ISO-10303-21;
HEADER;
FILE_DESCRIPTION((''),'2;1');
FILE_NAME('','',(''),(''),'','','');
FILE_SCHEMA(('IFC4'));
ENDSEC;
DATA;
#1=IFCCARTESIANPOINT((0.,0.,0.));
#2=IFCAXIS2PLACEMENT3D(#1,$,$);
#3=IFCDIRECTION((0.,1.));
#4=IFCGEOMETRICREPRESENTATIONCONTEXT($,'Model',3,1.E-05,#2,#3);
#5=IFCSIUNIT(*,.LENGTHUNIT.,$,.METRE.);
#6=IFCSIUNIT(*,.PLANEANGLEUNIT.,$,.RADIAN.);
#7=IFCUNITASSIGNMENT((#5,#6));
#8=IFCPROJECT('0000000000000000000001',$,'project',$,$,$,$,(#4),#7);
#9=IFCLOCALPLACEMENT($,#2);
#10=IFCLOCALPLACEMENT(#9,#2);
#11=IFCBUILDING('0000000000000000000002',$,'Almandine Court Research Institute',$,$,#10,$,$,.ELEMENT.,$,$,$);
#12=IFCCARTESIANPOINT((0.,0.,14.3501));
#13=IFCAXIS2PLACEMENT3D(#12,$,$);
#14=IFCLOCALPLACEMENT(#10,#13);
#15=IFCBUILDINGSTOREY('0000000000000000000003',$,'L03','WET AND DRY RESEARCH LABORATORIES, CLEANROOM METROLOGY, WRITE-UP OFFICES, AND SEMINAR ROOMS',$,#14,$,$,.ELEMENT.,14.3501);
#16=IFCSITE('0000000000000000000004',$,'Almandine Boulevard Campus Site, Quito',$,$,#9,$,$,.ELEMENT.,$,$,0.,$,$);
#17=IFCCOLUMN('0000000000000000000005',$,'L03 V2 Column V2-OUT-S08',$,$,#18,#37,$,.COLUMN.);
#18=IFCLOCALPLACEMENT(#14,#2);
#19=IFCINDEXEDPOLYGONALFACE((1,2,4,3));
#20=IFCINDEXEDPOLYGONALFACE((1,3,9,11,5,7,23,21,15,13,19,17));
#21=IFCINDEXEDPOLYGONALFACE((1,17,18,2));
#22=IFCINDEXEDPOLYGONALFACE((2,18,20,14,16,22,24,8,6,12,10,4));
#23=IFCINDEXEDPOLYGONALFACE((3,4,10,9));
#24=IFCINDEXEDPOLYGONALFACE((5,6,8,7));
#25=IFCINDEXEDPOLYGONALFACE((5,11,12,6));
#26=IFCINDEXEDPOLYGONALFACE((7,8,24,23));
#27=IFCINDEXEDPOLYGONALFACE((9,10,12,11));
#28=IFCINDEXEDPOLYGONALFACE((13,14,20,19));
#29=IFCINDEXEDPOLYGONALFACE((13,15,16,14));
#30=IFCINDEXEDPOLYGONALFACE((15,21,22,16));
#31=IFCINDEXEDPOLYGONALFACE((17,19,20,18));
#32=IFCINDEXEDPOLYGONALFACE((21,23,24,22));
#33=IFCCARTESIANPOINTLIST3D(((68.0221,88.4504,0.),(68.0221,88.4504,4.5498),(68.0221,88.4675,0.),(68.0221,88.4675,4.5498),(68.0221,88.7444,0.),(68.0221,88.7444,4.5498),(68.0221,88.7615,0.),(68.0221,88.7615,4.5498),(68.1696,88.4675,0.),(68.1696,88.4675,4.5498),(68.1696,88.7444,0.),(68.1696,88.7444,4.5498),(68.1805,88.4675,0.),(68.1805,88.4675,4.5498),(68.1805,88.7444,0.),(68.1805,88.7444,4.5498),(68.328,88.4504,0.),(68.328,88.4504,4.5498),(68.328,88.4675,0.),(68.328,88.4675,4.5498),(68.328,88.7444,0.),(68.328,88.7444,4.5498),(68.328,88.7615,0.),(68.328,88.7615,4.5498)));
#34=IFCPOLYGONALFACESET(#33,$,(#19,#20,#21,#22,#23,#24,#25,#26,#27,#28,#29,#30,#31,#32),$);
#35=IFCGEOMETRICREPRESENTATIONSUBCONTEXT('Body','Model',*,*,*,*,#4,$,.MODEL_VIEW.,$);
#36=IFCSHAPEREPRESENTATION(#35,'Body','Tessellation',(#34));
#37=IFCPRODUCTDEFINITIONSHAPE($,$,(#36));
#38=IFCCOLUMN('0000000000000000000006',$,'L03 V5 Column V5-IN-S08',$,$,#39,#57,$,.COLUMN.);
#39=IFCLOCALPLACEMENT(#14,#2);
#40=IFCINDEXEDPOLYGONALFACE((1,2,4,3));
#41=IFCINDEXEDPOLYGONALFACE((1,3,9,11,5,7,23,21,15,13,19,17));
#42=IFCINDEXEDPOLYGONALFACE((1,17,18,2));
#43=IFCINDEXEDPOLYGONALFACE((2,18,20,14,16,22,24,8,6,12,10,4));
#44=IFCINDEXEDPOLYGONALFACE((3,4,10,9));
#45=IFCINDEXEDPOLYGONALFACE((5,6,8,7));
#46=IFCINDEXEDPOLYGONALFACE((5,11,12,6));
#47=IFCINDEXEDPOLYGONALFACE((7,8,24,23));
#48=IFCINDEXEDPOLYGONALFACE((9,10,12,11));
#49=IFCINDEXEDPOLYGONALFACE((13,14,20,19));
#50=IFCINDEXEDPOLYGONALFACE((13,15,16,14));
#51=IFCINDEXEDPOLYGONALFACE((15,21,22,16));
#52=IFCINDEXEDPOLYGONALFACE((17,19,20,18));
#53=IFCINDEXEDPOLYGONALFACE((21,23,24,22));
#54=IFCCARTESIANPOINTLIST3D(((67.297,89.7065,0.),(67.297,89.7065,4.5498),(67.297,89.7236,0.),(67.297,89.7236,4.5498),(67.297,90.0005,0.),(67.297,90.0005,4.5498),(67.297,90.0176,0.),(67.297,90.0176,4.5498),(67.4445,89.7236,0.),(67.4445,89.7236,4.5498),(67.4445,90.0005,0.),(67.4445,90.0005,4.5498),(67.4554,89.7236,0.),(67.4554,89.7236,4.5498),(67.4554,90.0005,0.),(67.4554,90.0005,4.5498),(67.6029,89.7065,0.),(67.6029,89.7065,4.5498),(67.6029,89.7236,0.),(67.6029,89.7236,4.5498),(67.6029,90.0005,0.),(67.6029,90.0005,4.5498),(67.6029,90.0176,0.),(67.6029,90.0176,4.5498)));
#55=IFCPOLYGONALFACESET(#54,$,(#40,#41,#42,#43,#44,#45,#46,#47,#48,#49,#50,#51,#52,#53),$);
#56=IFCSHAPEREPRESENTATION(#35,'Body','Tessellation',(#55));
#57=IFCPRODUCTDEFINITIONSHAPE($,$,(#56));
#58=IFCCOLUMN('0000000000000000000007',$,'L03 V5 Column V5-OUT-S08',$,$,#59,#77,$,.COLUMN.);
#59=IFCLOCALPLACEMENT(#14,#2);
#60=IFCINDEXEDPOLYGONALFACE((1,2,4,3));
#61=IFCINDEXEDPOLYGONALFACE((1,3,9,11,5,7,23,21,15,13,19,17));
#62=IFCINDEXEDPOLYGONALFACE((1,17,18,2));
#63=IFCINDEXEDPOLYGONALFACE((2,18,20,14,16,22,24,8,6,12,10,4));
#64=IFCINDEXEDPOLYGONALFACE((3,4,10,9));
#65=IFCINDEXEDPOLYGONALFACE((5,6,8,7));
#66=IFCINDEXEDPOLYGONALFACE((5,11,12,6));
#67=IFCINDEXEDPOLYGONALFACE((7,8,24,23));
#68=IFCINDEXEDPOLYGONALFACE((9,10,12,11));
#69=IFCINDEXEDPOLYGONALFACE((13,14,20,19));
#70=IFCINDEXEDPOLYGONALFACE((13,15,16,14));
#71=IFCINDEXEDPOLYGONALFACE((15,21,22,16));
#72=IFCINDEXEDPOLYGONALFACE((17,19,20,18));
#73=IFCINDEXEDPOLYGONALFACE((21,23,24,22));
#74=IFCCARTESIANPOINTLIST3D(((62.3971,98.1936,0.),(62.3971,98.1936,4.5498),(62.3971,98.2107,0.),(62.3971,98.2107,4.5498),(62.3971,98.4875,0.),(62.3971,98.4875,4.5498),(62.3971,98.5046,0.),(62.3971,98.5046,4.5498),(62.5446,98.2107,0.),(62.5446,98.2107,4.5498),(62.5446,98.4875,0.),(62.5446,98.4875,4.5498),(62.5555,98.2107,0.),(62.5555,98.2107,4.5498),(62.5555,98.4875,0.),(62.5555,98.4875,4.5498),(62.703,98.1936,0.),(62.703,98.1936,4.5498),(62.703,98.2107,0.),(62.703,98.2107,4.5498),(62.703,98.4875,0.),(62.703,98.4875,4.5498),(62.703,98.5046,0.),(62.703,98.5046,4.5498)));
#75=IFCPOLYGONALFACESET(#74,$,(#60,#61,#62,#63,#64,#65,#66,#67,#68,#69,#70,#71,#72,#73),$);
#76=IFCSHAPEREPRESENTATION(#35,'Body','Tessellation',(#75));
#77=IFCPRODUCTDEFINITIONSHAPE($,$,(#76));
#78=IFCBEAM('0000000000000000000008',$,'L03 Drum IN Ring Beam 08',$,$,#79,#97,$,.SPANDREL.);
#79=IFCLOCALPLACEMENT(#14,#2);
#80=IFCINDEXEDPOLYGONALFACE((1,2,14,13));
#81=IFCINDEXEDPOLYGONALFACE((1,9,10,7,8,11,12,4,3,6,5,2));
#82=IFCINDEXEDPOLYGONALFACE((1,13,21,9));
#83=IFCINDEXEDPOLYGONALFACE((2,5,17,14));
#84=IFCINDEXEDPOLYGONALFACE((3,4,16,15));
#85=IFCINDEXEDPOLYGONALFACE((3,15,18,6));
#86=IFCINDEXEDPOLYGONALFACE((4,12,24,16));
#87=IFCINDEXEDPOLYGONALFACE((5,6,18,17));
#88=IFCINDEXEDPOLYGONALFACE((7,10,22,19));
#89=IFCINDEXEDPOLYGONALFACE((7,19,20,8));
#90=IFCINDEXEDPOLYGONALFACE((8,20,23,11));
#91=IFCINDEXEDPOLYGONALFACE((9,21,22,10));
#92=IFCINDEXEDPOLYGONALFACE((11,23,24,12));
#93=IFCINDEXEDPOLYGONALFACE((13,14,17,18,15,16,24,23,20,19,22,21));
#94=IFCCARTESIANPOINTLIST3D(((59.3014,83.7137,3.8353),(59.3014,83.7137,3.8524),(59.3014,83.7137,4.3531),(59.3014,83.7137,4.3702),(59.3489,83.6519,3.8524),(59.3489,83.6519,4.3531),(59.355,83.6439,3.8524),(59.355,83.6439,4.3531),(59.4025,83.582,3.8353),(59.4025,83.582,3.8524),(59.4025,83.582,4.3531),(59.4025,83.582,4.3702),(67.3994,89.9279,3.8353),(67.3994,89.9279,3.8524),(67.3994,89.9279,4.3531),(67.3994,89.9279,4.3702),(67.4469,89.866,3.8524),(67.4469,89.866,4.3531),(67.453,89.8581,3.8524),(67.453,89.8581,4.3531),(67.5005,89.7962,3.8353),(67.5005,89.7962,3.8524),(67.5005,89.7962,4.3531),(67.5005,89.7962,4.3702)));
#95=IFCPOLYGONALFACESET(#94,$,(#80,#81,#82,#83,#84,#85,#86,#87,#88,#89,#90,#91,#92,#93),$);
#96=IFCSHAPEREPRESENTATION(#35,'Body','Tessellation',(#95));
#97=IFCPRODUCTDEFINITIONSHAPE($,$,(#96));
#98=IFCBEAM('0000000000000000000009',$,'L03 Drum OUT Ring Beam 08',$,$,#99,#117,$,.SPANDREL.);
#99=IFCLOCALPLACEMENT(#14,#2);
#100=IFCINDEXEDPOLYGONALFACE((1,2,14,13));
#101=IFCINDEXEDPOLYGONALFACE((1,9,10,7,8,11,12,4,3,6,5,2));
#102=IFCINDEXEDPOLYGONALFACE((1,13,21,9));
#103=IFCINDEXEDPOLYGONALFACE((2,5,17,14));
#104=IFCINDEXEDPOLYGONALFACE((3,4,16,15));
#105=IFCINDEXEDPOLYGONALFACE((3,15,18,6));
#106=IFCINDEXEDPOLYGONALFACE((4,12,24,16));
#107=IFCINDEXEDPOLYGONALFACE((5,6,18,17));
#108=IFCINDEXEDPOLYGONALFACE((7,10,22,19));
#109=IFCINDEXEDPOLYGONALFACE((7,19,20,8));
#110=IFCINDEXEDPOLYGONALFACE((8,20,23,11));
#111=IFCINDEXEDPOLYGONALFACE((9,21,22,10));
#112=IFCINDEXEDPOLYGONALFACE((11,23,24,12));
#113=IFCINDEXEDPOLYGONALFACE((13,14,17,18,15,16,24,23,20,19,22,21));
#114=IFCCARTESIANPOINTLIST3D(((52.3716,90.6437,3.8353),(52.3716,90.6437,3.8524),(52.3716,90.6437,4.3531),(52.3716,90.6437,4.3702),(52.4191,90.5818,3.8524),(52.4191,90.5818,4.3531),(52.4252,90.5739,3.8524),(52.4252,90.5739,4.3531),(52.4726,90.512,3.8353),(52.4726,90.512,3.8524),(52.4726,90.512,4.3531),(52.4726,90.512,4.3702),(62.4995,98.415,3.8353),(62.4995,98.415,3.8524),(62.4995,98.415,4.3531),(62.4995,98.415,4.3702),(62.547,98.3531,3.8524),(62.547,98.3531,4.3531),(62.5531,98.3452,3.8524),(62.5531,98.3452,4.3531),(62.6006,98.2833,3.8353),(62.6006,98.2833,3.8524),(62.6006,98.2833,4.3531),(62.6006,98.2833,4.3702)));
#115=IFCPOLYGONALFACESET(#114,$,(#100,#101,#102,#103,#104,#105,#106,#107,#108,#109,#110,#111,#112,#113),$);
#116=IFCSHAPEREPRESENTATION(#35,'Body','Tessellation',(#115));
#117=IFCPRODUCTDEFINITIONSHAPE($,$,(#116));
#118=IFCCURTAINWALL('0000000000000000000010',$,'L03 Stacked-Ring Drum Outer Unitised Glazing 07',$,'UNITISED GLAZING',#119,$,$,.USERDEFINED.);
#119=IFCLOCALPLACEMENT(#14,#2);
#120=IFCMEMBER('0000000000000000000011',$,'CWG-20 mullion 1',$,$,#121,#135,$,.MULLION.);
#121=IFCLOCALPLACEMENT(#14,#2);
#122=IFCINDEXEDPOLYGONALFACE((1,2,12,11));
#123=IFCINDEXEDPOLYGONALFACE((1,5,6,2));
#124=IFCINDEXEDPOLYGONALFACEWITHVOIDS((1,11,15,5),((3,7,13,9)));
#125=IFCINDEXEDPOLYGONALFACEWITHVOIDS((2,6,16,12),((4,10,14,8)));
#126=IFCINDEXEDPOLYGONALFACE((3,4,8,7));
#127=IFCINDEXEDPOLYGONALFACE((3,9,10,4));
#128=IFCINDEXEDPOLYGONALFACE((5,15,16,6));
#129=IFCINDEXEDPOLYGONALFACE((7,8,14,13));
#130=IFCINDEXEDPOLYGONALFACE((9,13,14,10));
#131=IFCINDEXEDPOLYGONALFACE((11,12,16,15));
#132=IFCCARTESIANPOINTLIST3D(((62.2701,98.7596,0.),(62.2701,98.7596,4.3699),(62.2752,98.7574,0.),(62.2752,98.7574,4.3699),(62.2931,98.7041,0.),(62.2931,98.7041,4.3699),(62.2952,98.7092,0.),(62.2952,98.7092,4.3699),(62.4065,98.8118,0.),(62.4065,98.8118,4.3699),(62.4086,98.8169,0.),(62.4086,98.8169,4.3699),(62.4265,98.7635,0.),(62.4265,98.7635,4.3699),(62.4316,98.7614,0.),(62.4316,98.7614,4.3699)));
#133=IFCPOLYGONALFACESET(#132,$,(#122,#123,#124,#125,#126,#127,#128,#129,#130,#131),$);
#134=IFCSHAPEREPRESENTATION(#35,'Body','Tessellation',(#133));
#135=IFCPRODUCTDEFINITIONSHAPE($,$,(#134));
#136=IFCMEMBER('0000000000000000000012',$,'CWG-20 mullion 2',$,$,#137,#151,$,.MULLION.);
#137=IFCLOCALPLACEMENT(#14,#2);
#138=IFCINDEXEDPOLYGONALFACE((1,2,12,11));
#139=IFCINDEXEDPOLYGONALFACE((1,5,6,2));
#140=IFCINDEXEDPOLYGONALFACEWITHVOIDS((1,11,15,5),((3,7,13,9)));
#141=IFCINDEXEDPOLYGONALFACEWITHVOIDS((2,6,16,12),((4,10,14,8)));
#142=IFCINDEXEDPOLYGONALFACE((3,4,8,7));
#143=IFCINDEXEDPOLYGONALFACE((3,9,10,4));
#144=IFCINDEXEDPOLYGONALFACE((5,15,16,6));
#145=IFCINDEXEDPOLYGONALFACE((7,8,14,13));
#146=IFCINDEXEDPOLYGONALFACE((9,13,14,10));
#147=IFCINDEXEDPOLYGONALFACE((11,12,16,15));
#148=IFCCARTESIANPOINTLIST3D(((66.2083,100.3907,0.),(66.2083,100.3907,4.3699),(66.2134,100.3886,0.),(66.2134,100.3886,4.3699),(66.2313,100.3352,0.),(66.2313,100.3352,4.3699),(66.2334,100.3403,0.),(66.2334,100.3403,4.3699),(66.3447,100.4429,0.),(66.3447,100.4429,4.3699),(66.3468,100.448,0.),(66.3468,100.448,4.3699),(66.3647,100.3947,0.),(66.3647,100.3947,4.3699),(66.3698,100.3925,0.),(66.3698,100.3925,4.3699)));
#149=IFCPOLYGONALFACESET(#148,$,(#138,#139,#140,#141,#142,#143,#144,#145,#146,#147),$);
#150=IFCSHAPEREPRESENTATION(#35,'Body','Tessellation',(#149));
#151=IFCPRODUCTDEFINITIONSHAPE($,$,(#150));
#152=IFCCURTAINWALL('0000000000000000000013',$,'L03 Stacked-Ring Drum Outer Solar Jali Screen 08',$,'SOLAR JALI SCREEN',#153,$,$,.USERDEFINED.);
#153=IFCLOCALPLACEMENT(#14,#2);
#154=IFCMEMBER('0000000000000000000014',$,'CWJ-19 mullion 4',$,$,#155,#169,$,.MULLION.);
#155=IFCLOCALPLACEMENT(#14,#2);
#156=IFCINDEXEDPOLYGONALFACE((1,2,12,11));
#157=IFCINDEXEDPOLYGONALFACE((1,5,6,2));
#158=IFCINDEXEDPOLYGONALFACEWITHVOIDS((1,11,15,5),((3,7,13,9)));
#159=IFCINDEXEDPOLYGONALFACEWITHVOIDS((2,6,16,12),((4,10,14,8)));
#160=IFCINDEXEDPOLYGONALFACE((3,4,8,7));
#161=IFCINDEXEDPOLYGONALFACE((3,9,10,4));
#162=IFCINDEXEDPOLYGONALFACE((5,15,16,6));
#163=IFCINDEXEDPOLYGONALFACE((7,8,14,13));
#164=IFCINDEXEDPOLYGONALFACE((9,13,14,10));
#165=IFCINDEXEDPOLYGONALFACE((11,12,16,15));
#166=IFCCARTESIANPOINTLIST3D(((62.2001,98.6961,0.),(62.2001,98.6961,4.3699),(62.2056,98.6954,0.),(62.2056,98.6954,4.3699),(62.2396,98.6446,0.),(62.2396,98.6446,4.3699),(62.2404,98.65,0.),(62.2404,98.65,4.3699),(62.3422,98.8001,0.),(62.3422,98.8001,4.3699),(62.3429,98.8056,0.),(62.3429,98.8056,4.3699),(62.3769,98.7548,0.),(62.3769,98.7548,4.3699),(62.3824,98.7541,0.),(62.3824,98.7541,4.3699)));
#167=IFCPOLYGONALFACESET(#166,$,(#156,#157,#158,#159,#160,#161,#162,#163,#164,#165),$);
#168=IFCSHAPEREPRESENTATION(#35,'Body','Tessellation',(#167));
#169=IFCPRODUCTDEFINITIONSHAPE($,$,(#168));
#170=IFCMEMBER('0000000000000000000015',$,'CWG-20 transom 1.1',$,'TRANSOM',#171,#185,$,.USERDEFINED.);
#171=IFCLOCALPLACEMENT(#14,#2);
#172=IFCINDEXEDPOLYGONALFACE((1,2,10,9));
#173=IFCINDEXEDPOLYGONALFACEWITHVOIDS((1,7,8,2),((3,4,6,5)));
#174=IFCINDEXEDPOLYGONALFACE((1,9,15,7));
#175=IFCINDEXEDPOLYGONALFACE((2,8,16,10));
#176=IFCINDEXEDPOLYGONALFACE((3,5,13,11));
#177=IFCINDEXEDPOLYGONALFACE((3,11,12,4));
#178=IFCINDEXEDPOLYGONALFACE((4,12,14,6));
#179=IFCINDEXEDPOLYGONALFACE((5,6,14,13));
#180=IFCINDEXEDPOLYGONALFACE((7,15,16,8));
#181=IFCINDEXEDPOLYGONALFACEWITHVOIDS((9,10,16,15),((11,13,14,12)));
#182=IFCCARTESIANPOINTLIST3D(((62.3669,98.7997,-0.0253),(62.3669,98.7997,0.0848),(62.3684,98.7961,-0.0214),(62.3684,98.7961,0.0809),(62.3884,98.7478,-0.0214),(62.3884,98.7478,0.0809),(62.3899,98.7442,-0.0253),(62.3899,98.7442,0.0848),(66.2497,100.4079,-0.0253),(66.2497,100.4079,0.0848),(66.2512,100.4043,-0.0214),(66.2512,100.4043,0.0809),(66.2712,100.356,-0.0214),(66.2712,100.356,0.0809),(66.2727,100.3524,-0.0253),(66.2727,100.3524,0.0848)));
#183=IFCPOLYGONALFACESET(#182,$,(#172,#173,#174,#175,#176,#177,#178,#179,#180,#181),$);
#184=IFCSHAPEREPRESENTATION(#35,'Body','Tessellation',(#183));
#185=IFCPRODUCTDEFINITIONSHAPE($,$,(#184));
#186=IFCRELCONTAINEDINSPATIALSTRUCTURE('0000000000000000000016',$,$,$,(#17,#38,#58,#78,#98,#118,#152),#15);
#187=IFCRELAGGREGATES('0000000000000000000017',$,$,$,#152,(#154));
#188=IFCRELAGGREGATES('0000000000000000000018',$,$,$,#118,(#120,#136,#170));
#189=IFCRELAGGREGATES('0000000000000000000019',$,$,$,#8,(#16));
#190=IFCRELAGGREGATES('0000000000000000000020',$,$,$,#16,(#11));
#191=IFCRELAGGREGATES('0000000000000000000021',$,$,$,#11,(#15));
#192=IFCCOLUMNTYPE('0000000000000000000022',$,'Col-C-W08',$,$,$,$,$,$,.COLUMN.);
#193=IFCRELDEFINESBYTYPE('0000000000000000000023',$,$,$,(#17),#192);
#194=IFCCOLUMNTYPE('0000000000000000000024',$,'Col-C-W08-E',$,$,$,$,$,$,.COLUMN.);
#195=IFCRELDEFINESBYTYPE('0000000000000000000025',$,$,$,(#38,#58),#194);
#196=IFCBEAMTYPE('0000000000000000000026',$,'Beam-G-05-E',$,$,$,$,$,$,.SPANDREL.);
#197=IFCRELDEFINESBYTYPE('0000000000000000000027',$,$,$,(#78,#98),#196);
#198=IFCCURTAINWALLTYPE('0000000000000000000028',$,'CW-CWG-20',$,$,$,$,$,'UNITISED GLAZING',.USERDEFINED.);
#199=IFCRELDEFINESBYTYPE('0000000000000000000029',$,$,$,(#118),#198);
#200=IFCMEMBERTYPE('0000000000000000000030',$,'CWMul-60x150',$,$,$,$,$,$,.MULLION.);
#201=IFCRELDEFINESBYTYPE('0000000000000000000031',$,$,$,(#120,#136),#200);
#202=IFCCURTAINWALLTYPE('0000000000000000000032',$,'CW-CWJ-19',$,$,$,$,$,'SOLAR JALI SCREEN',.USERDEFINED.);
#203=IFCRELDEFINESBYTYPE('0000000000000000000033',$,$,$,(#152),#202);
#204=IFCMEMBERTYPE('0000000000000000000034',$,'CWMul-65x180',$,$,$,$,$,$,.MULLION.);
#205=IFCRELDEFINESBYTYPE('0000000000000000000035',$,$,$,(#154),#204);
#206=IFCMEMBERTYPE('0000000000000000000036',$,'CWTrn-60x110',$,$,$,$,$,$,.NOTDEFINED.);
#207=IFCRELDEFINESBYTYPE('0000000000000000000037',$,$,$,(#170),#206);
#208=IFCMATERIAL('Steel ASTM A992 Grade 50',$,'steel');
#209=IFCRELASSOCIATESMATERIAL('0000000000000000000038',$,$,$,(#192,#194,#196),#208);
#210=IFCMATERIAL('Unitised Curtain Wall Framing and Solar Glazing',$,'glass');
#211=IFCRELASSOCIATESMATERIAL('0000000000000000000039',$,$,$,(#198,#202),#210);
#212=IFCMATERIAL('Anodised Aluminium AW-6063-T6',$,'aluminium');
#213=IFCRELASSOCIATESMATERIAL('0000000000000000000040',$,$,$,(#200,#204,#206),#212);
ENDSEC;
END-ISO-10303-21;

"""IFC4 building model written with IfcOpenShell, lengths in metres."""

from ifc_helpers import new_model, si_unit, direction, frame, origin, origin_2d, place, context, subcontext, project, spatial, hollow_rectangle, i_section, extrude, material, material_profile, profile_set, type_object, element, aggregate, save


model = new_model("IFC4")

# Units and contexts
model_context = context("Model", 3, precision=1e-05, world=origin(), true_north=direction((0.0, 1.0)))
body_context = subcontext(model_context, "Body", "Model", "MODEL_VIEW")
ifc_project = project(units=[si_unit("LENGTHUNIT", "METRE"), si_unit("PLANEANGLEUNIT", "RADIAN")], contexts=[model_context])

# Site, building, storey
site_placement = place(None, origin())
site = spatial("IfcSite", under=ifc_project, at=site_placement, Name="Almandine Boulevard Campus Site, Quito", CompositionType="ELEMENT", RefElevation=0.0)
building_placement = place(site_placement, origin())
building = spatial("IfcBuilding", under=site, at=building_placement, Name="Almandine Court Research Institute", CompositionType="ELEMENT")
storey_placement = place(building_placement, frame((0.0, 0.0, 14.3501)))
storey = spatial("IfcBuildingStorey", under=building, at=storey_placement, Name="L03", Description="WET AND DRY RESEARCH LABORATORIES, CLEANROOM METROLOGY, WRITE-UP OFFICES, AND SEMINAR ROOMS", CompositionType="ELEMENT", Elevation=14.3501)

# Columns
ifc_material_1 = material(Name="Steel ASTM A992 Grade 50", Category="steel")
ifc_material_profile_1 = material_profile(ifc_material_1, i_section(OverallWidth=0.3059, OverallDepth=0.311, WebThickness=0.011, FlangeThickness=0.0171, at=origin_2d()), Name="W310x107")
ifc_profile_set_1 = profile_set([ifc_material_profile_1], Name="Steel ASTM A992 Grade 50")
column_type_1 = type_object("IfcColumnType", Name="Col-C-W08", PredefinedType="COLUMN", material=ifc_profile_set_1)
column_placement = place(storey_placement, frame((68.175, 88.606, 0.0), z_axis=(0.0, 0.0, 1.0), x_axis=(1.0, 0.0, 0.0)))
element("IfcColumn", 1, at=column_placement, inside=storey, type_object=column_type_1, Name="L03 V2 Column V2-OUT-S08", PredefinedType="COLUMN", context=body_context, shape_type="SweptSolid", body=[
    extrude(i_section(OverallWidth=0.3059, OverallDepth=0.311, WebThickness=0.011, FlangeThickness=0.0171, at=origin_2d()), origin(), (0.0, 0.0, 1.0), 4.5498),
])
ifc_material_profile_2 = material_profile(ifc_material_1, i_section(OverallWidth=0.3059, OverallDepth=0.311, WebThickness=0.011, FlangeThickness=0.0171, at=origin_2d()), Name="W310x107")
ifc_profile_set_2 = profile_set([ifc_material_profile_2], Name="Steel ASTM A992 Grade 50")
column_type_2 = type_object("IfcColumnType", Name="Col-C-W08-E", PredefinedType="COLUMN", material=ifc_profile_set_2)
for number, where, z_axis, x_axis, name in (
    (2, (67.45, 89.8621, 0.0), (0.0, 0.0, 1.0), (1.0, 0.0, 0.0), "L03 V5 Column V5-IN-S08"),
    (3, (62.55, 98.3491, 0.0), (0.0, 0.0, 1.0), (1.0, 0.0, 0.0), "L03 V5 Column V5-OUT-S08"),
):
    element("IfcColumn", number, at=place(storey_placement, frame(where, z_axis=z_axis, x_axis=x_axis)), inside=storey, type_object=column_type_2, Name=name, PredefinedType="COLUMN", context=body_context, shape_type="SweptSolid", body=[
        extrude(i_section(OverallWidth=0.3059, OverallDepth=0.311, WebThickness=0.011, FlangeThickness=0.0171, at=origin_2d()), origin(), (0.0, 0.0, 1.0), 4.5498),
    ])

# Beams
ifc_material_profile_3 = material_profile(ifc_material_1, i_section(OverallWidth=0.166, OverallDepth=0.5349, WebThickness=0.01, FlangeThickness=0.0171, at=origin_2d()), Name="W530x85")
ifc_profile_set_3 = profile_set([ifc_material_profile_3], Name="Steel ASTM A992 Grade 50")
beam_type = type_object("IfcBeamType", Name="Beam-G-05-E", PredefinedType="SPANDREL", material=ifc_profile_set_3)
beam_1_placement = place(storey_placement, frame((67.45, 89.8621, 4.1028), z_axis=(-0.793336, -0.608784, 0.0), x_axis=(0.608784, -0.793336, 0.0)))
element("IfcBeam", 4, at=beam_1_placement, inside=storey, type_object=beam_type, Name="L03 Drum IN Ring Beam 08", PredefinedType="SPANDREL", context=body_context, shape_type="SweptSolid", body=[
    extrude(i_section(OverallWidth=0.166, OverallDepth=0.5349, WebThickness=0.01, FlangeThickness=0.0171, at=origin_2d()), origin(), (0.0, 0.0, 1.0), 10.2075),
])
beam_2_placement = place(storey_placement, frame((62.55, 98.3491, 4.1028), z_axis=(-0.793361, -0.608752, 0.0), x_axis=(0.608752, -0.793361, 0.0)))
element("IfcBeam", 5, at=beam_2_placement, inside=storey, type_object=beam_type, Name="L03 Drum OUT Ring Beam 08", PredefinedType="SPANDREL", context=body_context, shape_type="SweptSolid", body=[
    extrude(i_section(OverallWidth=0.166, OverallDepth=0.5349, WebThickness=0.01, FlangeThickness=0.0171, at=origin_2d()), origin(), (0.0, 0.0, 1.0), 12.7659),
])

# Curtain wall, members
ifc_material_2 = material(Name="Unitised Curtain Wall Framing and Solar Glazing", Category="glass")
curtain_wall_type_1 = type_object("IfcCurtainWallType", Name="CW-CWG-20", ElementType="UNITISED GLAZING", PredefinedType="USERDEFINED", material=ifc_material_2)
curtain_wall_1_placement = place(storey_placement, origin())
curtain_wall_1 = element("IfcCurtainWall", 6, at=curtain_wall_1_placement, inside=storey, type_object=curtain_wall_type_1, Name="L03 Stacked-Ring Drum Outer Unitised Glazing 07", ObjectType="UNITISED GLAZING", PredefinedType="USERDEFINED")
ifc_material_3 = material(Name="Anodised Aluminium AW-6063-T6", Category="aluminium")
ifc_material_profile_4 = material_profile(ifc_material_3, hollow_rectangle(XDim=0.0601, YDim=0.1499, WallThickness=0.0039, at=origin_2d()), Name="ALU RHS 60x150x4")
ifc_profile_set_4 = profile_set([ifc_material_profile_4], Name="Anodised Aluminium AW-6063-T6")
member_type_1 = type_object("IfcMemberType", Name="CWMul-60x150", PredefinedType="MULLION", material=ifc_profile_set_4)
member_1_placement = place(storey_placement, frame((62.3508, 98.7605, 0.0), z_axis=(0.0, 0.0, 1.0), x_axis=(-0.382663, 0.923888, 0.0)))
member_1 = element("IfcMember", 7, at=member_1_placement, type_object=member_type_1, Name="CWG-20 mullion 1", PredefinedType="MULLION", context=body_context, shape_type="SweptSolid", body=[
    extrude(hollow_rectangle(XDim=0.0601, YDim=0.1499, WallThickness=0.0039, at=origin_2d()), origin(), (0.0, 0.0, 1.0), 4.3699),
])
member_2_placement = place(storey_placement, frame((66.2891, 100.3916, 0.0), z_axis=(0.0, 0.0, 1.0), x_axis=(-0.382663, 0.923888, 0.0)))
member_2 = element("IfcMember", 8, at=member_2_placement, type_object=member_type_1, Name="CWG-20 mullion 2", PredefinedType="MULLION", context=body_context, shape_type="SweptSolid", body=[
    extrude(hollow_rectangle(XDim=0.0601, YDim=0.1499, WallThickness=0.0039, at=origin_2d()), origin(), (0.0, 0.0, 1.0), 4.3699),
])

# Curtain wall, member
curtain_wall_type_2 = type_object("IfcCurtainWallType", Name="CW-CWJ-19", ElementType="SOLAR JALI SCREEN", PredefinedType="USERDEFINED", material=ifc_material_2)
curtain_wall_2_placement = place(storey_placement, origin())
curtain_wall_2 = element("IfcCurtainWall", 9, at=curtain_wall_2_placement, inside=storey, type_object=curtain_wall_type_2, Name="L03 Stacked-Ring Drum Outer Solar Jali Screen 08", ObjectType="SOLAR JALI SCREEN", PredefinedType="USERDEFINED")
ifc_material_profile_5 = material_profile(ifc_material_3, hollow_rectangle(XDim=0.0649, YDim=0.1799, WallThickness=0.0039, at=origin_2d()), Name="ALU RHS 65x180x4")
ifc_profile_set_5 = profile_set([ifc_material_profile_5], Name="Anodised Aluminium AW-6063-T6")
member_type_2 = type_object("IfcMemberType", Name="CWMul-65x180", PredefinedType="MULLION", material=ifc_profile_set_5)
member_3_placement = place(storey_placement, frame((62.2913, 98.7251, 0.0), z_axis=(0.0, 0.0, 1.0), x_axis=(-0.608723, 0.793383, 0.0)))
member_3 = element("IfcMember", 10, at=member_3_placement, type_object=member_type_2, Name="CWJ-19 mullion 4", PredefinedType="MULLION", context=body_context, shape_type="SweptSolid", body=[
    extrude(hollow_rectangle(XDim=0.0649, YDim=0.1799, WallThickness=0.0039, at=origin_2d()), origin(), (0.0, 0.0, 1.0), 4.3699),
])
aggregate(curtain_wall_2, [member_3])

# Member
ifc_material_profile_6 = material_profile(ifc_material_3, hollow_rectangle(XDim=0.0601, YDim=0.1101, WallThickness=0.0039, at=origin_2d()), Name="ALU RHS 60x110x4")
ifc_profile_set_6 = profile_set([ifc_material_profile_6], Name="Anodised Aluminium AW-6063-T6")
member_type_3 = type_object("IfcMemberType", Name="CWTrn-60x110", PredefinedType="NOTDEFINED", material=ifc_profile_set_6)
member_4_placement = place(storey_placement, frame((62.3784, 98.772, 0.0298), z_axis=(0.923893, 0.382651, 0.0), x_axis=(-0.382651, 0.923893, 0.0)))
member_4 = element("IfcMember", 11, at=member_4_placement, type_object=member_type_3, Name="CWG-20 transom 1.1", ObjectType="TRANSOM", PredefinedType="USERDEFINED", context=body_context, shape_type="SweptSolid", body=[
    extrude(hollow_rectangle(XDim=0.0601, YDim=0.1101, WallThickness=0.0039, at=origin_2d()), origin(), (0.0, 0.0, 1.0), 4.2026),
])

aggregate(curtain_wall_1, [member_1, member_2, member_4])

save(model, "model.ifc")
